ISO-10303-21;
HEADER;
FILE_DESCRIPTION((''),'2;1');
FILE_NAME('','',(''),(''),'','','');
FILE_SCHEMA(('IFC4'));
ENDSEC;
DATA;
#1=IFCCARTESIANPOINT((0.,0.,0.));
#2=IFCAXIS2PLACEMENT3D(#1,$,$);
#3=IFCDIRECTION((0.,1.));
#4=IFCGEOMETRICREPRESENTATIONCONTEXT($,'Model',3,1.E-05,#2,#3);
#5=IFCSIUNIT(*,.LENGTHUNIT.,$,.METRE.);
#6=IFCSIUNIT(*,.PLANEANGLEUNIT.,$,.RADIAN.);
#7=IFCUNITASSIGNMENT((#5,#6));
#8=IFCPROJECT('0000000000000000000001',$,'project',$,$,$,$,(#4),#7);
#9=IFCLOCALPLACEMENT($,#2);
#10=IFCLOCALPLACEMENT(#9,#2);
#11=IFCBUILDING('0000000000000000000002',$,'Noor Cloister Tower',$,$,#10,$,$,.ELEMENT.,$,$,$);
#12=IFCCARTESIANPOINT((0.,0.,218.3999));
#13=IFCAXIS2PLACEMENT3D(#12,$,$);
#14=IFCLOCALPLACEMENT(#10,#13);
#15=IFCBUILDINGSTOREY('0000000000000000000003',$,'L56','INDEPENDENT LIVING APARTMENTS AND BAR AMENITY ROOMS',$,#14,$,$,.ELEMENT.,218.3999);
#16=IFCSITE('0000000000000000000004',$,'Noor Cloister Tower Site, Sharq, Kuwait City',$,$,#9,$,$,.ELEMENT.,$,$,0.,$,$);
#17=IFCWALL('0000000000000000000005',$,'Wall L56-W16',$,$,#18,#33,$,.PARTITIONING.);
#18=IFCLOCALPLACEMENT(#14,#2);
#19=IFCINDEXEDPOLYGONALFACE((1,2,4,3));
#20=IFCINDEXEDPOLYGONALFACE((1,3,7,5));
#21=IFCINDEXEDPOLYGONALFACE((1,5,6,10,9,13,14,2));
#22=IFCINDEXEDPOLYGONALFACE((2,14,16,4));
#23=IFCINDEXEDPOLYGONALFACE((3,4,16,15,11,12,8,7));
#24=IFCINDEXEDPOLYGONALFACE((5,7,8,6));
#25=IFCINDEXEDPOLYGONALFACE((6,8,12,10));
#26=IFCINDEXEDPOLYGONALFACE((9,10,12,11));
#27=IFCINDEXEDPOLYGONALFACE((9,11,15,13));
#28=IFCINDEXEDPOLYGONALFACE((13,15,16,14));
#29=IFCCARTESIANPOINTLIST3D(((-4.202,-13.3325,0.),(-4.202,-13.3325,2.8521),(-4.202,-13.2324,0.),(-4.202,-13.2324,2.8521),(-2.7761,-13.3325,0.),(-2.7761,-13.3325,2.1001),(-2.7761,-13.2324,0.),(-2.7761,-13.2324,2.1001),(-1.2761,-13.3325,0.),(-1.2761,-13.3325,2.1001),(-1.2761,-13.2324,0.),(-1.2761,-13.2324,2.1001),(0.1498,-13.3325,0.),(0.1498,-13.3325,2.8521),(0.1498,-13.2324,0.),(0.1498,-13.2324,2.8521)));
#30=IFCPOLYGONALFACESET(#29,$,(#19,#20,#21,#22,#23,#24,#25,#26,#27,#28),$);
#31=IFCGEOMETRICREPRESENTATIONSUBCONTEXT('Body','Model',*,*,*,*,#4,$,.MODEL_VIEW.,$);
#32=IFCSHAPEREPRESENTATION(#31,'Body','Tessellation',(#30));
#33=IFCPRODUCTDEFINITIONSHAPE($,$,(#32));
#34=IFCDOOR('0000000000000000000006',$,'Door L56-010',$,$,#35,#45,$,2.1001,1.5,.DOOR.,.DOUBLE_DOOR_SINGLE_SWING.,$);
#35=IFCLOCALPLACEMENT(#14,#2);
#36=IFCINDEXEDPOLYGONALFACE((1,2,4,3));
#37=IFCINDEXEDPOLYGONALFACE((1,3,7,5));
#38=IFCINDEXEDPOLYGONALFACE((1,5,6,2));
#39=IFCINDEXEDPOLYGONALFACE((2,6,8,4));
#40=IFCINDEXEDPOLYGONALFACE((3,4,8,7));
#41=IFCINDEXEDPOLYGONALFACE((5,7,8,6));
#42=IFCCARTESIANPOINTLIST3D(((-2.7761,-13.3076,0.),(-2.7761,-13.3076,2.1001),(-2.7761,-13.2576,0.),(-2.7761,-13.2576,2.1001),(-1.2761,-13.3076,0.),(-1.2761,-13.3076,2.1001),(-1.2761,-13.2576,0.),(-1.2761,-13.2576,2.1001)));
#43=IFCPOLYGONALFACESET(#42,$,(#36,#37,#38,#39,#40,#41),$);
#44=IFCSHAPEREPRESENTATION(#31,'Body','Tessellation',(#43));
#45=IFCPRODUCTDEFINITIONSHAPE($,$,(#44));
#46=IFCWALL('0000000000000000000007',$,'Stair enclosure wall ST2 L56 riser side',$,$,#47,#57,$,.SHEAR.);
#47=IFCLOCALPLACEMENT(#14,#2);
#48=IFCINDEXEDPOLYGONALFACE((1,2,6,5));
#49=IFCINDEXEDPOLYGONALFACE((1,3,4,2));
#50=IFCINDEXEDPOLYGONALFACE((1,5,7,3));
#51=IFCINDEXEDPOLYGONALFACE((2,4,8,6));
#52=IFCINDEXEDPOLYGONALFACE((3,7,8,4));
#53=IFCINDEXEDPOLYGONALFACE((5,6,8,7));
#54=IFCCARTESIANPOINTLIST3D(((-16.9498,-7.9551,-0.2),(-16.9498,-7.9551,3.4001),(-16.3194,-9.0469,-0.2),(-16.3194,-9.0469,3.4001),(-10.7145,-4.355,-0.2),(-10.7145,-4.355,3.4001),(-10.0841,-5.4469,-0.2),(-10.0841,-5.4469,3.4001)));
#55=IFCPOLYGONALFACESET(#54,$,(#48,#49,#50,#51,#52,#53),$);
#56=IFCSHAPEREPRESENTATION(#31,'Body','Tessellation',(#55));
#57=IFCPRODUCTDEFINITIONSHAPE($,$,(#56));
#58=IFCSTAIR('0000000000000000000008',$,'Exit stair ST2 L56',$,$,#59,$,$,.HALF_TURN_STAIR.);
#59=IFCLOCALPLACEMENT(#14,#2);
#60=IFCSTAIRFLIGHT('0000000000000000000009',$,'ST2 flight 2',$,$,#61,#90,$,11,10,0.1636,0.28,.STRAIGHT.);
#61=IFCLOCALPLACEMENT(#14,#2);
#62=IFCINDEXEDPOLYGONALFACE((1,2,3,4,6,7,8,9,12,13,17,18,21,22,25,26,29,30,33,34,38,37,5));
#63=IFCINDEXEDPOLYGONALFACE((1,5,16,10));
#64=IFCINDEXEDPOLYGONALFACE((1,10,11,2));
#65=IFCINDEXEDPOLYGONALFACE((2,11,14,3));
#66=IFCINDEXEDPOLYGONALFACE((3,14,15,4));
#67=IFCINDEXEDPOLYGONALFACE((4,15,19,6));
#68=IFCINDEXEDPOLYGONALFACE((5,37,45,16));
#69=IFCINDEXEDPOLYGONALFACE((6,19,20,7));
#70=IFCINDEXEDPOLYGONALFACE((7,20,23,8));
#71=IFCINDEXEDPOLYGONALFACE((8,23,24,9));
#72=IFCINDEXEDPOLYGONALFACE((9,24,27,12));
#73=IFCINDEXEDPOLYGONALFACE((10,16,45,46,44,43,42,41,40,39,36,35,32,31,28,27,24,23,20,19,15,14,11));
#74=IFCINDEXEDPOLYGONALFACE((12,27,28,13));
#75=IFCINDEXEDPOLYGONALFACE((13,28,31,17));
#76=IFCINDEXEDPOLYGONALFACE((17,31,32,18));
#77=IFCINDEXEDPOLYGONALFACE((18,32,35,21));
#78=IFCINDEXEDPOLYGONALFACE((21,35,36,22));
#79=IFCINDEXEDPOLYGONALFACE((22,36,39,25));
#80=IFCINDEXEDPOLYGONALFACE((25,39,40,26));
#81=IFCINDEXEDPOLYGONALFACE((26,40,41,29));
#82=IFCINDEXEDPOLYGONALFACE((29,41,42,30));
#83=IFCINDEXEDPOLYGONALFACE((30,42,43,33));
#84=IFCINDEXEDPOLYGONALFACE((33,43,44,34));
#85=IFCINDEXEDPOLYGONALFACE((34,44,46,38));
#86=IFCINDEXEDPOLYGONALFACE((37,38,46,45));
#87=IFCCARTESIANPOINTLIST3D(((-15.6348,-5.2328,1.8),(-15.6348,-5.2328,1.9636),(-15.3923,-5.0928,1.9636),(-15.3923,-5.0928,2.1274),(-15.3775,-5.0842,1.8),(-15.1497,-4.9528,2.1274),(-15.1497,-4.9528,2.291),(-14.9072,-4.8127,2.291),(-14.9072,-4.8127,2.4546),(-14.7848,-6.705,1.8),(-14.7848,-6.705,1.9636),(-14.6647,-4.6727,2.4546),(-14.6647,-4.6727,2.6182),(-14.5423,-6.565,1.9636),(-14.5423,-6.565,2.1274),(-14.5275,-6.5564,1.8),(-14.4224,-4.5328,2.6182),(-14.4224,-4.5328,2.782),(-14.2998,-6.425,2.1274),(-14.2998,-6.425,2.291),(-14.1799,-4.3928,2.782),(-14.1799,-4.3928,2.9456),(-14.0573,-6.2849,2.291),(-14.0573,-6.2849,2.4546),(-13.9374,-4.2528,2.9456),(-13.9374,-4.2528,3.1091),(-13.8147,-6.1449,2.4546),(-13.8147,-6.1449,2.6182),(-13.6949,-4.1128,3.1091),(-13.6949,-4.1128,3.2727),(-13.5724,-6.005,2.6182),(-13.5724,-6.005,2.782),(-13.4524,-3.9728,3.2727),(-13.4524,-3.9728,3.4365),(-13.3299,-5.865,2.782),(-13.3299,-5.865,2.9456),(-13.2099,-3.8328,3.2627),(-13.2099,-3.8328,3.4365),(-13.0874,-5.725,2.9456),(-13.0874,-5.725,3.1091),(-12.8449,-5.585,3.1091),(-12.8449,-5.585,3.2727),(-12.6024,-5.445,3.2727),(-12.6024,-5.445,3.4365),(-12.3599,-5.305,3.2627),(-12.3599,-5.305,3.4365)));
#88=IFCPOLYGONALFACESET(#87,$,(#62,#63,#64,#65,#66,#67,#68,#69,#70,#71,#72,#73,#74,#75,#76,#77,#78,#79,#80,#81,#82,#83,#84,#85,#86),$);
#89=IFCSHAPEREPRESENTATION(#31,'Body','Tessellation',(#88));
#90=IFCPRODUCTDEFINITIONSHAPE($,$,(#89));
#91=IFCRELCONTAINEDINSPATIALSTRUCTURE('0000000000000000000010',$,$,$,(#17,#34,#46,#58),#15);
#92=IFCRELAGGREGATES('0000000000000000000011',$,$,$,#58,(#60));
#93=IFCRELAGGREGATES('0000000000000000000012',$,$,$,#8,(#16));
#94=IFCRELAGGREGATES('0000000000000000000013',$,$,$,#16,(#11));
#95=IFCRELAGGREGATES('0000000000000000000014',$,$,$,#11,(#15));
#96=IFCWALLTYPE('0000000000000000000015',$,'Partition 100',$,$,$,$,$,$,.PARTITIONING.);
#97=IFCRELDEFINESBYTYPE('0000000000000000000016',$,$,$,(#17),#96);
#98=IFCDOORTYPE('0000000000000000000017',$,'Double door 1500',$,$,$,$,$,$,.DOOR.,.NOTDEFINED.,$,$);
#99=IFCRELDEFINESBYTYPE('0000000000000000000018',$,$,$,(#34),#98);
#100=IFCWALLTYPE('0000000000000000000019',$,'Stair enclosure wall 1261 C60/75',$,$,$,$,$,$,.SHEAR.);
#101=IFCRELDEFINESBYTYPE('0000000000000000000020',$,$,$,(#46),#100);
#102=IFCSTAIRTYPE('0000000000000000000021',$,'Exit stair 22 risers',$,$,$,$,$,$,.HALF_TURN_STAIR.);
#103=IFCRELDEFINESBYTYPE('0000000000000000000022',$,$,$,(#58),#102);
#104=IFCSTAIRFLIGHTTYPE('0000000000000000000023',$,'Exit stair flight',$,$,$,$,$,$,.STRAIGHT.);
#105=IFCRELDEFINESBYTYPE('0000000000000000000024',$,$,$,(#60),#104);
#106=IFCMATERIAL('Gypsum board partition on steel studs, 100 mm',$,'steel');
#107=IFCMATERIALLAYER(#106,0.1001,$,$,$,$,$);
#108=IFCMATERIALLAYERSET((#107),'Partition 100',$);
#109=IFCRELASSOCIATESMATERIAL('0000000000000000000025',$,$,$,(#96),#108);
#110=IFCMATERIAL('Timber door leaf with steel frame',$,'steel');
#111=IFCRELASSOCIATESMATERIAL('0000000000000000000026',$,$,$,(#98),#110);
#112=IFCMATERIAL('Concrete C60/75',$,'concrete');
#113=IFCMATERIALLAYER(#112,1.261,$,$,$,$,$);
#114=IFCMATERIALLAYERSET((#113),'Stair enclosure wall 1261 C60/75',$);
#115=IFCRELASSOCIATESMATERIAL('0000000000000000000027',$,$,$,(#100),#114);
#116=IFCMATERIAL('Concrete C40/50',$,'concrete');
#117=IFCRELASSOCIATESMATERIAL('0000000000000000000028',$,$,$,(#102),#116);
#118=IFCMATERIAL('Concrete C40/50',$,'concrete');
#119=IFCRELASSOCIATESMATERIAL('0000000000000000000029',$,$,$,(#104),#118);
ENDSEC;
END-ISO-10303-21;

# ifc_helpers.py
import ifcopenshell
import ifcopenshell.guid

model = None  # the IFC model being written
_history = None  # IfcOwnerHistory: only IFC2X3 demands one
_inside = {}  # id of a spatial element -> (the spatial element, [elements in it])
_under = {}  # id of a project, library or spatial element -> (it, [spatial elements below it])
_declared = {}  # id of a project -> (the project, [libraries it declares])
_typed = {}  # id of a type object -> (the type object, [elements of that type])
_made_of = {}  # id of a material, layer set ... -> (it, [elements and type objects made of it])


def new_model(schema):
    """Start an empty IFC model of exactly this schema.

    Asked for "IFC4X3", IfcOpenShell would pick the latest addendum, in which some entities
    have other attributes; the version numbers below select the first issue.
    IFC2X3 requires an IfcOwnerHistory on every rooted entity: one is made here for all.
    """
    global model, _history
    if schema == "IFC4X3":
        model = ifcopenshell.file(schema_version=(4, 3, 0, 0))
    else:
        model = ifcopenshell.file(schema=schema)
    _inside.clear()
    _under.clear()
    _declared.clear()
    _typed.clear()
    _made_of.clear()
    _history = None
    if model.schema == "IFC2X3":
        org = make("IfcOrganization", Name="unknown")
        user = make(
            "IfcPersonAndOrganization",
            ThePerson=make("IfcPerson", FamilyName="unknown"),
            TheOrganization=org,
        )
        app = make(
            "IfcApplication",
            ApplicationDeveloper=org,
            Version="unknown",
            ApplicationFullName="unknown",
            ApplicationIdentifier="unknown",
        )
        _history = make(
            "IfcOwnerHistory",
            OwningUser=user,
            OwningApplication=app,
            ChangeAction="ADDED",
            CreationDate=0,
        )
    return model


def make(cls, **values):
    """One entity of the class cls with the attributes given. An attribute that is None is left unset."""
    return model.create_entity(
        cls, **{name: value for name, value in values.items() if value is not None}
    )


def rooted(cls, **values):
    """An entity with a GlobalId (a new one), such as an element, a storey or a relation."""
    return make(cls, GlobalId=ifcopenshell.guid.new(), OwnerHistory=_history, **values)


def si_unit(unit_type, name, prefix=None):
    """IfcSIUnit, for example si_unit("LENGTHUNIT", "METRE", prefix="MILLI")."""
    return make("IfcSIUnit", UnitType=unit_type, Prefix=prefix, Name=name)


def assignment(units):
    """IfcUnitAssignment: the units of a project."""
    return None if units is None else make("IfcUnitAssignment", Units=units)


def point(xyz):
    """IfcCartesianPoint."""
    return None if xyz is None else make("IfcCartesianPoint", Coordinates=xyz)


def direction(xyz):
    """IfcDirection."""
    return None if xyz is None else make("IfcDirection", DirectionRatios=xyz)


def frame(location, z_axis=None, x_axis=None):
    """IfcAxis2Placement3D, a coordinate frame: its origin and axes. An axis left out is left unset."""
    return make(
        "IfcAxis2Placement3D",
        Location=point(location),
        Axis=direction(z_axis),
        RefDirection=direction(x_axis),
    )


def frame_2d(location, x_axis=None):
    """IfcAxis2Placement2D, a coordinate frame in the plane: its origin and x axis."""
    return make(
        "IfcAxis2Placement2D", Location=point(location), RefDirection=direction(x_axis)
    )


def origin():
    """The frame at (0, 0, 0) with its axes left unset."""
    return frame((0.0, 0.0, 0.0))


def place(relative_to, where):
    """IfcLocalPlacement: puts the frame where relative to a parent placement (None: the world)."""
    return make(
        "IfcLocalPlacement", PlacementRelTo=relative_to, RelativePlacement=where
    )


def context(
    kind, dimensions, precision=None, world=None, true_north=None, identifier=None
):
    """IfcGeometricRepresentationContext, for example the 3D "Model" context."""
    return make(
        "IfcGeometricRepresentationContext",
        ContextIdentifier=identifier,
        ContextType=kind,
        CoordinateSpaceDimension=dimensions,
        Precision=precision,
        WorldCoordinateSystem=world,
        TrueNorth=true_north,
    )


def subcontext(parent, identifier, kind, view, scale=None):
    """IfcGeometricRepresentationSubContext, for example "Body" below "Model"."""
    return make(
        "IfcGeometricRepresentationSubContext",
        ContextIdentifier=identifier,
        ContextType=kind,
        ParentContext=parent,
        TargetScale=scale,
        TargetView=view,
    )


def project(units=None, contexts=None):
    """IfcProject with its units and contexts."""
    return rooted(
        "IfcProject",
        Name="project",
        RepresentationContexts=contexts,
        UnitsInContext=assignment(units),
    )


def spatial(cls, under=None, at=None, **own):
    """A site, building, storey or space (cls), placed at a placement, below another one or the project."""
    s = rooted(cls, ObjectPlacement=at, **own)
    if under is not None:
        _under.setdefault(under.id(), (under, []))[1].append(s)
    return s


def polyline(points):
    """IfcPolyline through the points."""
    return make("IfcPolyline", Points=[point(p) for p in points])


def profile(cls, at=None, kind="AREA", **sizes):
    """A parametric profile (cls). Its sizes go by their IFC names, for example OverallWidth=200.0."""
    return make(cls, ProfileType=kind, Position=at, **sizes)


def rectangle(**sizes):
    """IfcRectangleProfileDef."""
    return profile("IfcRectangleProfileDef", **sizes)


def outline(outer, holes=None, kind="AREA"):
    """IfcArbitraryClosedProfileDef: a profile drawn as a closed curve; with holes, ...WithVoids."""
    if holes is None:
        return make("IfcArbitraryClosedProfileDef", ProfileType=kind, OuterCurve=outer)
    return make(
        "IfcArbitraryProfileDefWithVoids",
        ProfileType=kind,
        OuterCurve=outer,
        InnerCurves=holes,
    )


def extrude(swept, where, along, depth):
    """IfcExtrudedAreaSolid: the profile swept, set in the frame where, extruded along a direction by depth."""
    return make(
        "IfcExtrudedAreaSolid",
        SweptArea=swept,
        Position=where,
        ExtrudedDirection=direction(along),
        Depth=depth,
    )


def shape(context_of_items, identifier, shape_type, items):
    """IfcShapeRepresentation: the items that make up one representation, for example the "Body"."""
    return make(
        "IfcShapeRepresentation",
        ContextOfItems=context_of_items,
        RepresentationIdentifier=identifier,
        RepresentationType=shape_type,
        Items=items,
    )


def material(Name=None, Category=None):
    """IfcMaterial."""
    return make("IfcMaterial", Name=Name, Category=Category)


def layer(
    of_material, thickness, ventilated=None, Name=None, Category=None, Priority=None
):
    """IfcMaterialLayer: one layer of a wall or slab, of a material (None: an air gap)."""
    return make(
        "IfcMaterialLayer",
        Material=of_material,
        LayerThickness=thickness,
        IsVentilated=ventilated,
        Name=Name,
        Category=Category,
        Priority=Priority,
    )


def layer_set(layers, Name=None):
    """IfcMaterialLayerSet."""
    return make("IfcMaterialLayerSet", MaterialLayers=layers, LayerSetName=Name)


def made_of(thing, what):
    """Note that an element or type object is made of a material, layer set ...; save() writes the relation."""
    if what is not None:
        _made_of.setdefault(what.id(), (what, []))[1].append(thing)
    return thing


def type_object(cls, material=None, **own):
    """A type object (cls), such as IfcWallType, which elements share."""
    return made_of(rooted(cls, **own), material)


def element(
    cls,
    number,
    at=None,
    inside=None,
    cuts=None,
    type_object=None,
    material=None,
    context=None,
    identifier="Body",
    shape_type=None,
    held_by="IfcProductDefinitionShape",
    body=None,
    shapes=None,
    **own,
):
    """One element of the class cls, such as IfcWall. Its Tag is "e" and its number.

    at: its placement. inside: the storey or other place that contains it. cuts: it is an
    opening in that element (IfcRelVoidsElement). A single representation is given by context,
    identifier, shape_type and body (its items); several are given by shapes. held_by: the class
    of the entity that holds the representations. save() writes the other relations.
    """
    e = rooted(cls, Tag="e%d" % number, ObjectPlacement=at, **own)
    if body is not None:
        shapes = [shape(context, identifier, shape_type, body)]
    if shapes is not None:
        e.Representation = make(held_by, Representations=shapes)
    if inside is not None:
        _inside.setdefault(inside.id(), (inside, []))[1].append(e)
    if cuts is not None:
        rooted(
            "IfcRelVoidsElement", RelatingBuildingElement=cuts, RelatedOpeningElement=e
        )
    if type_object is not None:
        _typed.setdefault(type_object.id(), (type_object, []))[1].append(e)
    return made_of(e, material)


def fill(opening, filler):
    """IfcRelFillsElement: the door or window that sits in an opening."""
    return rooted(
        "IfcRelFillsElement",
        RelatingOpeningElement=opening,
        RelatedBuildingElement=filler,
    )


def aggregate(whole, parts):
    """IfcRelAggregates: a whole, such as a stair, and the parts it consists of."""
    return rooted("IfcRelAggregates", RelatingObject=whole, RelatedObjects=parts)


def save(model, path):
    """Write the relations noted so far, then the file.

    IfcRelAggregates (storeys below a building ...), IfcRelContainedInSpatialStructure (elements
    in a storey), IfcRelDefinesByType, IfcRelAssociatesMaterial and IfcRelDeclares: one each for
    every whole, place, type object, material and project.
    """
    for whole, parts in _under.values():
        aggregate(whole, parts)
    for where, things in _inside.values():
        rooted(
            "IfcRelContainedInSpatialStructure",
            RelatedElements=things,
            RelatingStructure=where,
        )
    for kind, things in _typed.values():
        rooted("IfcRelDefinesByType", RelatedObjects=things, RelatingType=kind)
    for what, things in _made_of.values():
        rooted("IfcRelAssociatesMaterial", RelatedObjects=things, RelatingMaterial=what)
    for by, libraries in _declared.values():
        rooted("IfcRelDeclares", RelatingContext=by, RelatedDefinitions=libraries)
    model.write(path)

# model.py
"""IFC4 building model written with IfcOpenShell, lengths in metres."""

from ifc_helpers import new_model, si_unit, direction, frame, frame_2d, origin, place, context, subcontext, project, spatial, polyline, rectangle, outline, extrude, material, layer, layer_set, type_object, element, fill, aggregate, save


model = new_model("IFC4")

# Units and contexts
model_context = context("Model", 3, precision=1e-05, world=origin(), true_north=direction((0.0, 1.0)))
body_context = subcontext(model_context, "Body", "Model", "MODEL_VIEW")
ifc_project = project(units=[si_unit("LENGTHUNIT", "METRE"), si_unit("PLANEANGLEUNIT", "RADIAN")], contexts=[model_context])

# Site, building, storey
site_placement = place(None, origin())
site = spatial("IfcSite", under=ifc_project, at=site_placement, Name="Noor Cloister Tower Site, Sharq, Kuwait City", CompositionType="ELEMENT", RefElevation=0.0)
building_placement = place(site_placement, origin())
building = spatial("IfcBuilding", under=site, at=building_placement, Name="Noor Cloister Tower", CompositionType="ELEMENT")
storey_placement = place(building_placement, frame((0.0, 0.0, 218.3999)))
storey = spatial("IfcBuildingStorey", under=building, at=storey_placement, Name="L56", Description="INDEPENDENT LIVING APARTMENTS AND BAR AMENITY ROOMS", CompositionType="ELEMENT", Elevation=218.3999)

# Shared definitions
ifc_material_1 = material(Name="Gypsum board partition on steel studs, 100 mm", Category="steel")
ifc_layer_1 = layer(ifc_material_1, 0.1001)
ifc_layer_set_1 = layer_set([ifc_layer_1], Name="Partition 100")
wall_type_1 = type_object("IfcWallType", Name="Partition 100", PredefinedType="PARTITIONING", material=ifc_layer_set_1)
ifc_material_2 = material(Name="Timber door leaf with steel frame", Category="steel")
door_type_1 = type_object("IfcDoorType", Name="Double door 1500", OperationType="NOTDEFINED", PredefinedType="DOOR", material=ifc_material_2)

# Wall, opening, door
wall_1_placement = place(storey_placement, frame((-4.2019, -13.2825, 0.0), z_axis=(0.0, 0.0, 1.0), x_axis=(1.0, 0.0, 0.0)))
wall_1 = element("IfcWall", 1, at=wall_1_placement, inside=storey, type_object=wall_type_1, Name="Wall L56-W16", PredefinedType="PARTITIONING", context=body_context, shape_type="SweptSolid", body=[
    extrude(rectangle(XDim=4.3518, YDim=0.1001, at=frame_2d((2.1758, 0.0))), origin(), (0.0, 0.0, 1.0), 2.8521),
])
opening_1_placement = place(wall_1_placement, frame((1.4258, 0.0, 0.0)))
opening_1 = element("IfcOpeningElement", 2, at=opening_1_placement, cuts=wall_1, PredefinedType="OPENING", context=body_context, shape_type="SweptSolid", body=[
    extrude(rectangle(XDim=1.5, YDim=2.1001, at=frame_2d((0.75, 1.05))), frame((0.0, 0.0601, 0.0), z_axis=(0.0, -1.0, 0.0), x_axis=(1.0, 0.0, 0.0)), (0.0, 0.0, 1.0), 0.1201),
])
door_1_placement = place(opening_1_placement, origin())
door_1 = element("IfcDoor", 3, at=door_1_placement, inside=storey, type_object=door_type_1, Name="Door L56-010", OperationType="DOUBLE_DOOR_SINGLE_SWING", OverallHeight=2.1001, OverallWidth=1.5, PredefinedType="DOOR", context=body_context, shape_type="SweptSolid", body=[
    extrude(rectangle(XDim=1.5, YDim=2.1001, at=frame_2d((0.75, 1.05))), frame((0.0, 0.0249, 0.0), z_axis=(0.0, -1.0, 0.0), x_axis=(1.0, 0.0, 0.0)), (0.0, 0.0, 1.0), 0.05),
])
fill(opening_1, door_1)

# Wall
ifc_material_3 = material(Name="Concrete C60/75", Category="concrete")
ifc_layer_2 = layer(ifc_material_3, 1.261)
ifc_layer_set_2 = layer_set([ifc_layer_2], Name="Stair enclosure wall 1261 C60/75")
wall_type_2 = type_object("IfcWallType", Name="Stair enclosure wall 1261 C60/75", PredefinedType="SHEAR", material=ifc_layer_set_2)
wall_2_placement = place(storey_placement, frame((-10.3992, -4.9009, -0.2), z_axis=(0.0, 0.0, 1.0), x_axis=(-0.866018, -0.500012, 0.0)))
element("IfcWall", 4, at=wall_2_placement, inside=storey, type_object=wall_type_2, Name="Stair enclosure wall ST2 L56 riser side", PredefinedType="SHEAR", context=body_context, shape_type="SweptSolid", body=[
    extrude(rectangle(XDim=7.2, YDim=1.2607, at=frame_2d((3.6001, 0.0))), origin(), (0.0, 0.0, 1.0), 3.6001),
])

# Stair, stair flight
ifc_material_4 = material(Name="Concrete C40/50", Category="concrete")
stair_type = type_object("IfcStairType", Name="Exit stair 22 risers", PredefinedType="HALF_TURN_STAIR", material=ifc_material_4)
stair_placement = place(storey_placement, origin())
stair = element("IfcStair", 5, at=stair_placement, inside=storey, type_object=stair_type, Name="Exit stair ST2 L56", PredefinedType="HALF_TURN_STAIR")
ifc_material_5 = material(Name="Concrete C40/50", Category="concrete")
stair_flight_type = type_object("IfcStairFlightType", Name="Exit stair flight", PredefinedType="STRAIGHT", material=ifc_material_5)
stair_flight_placement = place(storey_placement, frame((-15.2097, -5.969, 1.8), z_axis=(0.0, 0.0, 1.0), x_axis=(0.866025, 0.5, 0.0)))
stair_flight = element("IfcStairFlight", 6, at=stair_flight_placement, type_object=stair_flight_type, Name="ST2 flight 2", NumberOfRisers=11, NumberOfTreads=10, PredefinedType="STRAIGHT", RiserHeight=0.1636, TreadLength=0.28, context=body_context, shape_type="SweptSolid", body=[
    extrude(outline(polyline([(0.0, 0.0), (0.0, 0.1636), (0.28, 0.1636), (0.28, 0.3274), (0.5601, 0.3274), (0.5601, 0.491), (0.8401, 0.491), (0.8401, 0.6545), (1.1201, 0.6545), (1.1201, 0.8181), (1.3999, 0.8181), (1.3999, 0.9819), (1.6799, 0.9819), (1.6799, 1.1455), (1.96, 1.1455), (1.96, 1.3091), (2.24, 1.3091), (2.24, 1.4727), (2.52, 1.4727), (2.52, 1.6365), (2.8, 1.6365), (2.8, 1.8), (2.8, 1.4626), (0.2971, 0.0), (0.0, 0.0)])), frame((0.0, 0.8501, 0.0), z_axis=(0.0, -1.0, 0.0), x_axis=(1.0, 0.0, 0.0)), (0.0, 0.0, 1.0), 1.7),
])
aggregate(stair, [stair_flight])

save(model, "model.ifc")
